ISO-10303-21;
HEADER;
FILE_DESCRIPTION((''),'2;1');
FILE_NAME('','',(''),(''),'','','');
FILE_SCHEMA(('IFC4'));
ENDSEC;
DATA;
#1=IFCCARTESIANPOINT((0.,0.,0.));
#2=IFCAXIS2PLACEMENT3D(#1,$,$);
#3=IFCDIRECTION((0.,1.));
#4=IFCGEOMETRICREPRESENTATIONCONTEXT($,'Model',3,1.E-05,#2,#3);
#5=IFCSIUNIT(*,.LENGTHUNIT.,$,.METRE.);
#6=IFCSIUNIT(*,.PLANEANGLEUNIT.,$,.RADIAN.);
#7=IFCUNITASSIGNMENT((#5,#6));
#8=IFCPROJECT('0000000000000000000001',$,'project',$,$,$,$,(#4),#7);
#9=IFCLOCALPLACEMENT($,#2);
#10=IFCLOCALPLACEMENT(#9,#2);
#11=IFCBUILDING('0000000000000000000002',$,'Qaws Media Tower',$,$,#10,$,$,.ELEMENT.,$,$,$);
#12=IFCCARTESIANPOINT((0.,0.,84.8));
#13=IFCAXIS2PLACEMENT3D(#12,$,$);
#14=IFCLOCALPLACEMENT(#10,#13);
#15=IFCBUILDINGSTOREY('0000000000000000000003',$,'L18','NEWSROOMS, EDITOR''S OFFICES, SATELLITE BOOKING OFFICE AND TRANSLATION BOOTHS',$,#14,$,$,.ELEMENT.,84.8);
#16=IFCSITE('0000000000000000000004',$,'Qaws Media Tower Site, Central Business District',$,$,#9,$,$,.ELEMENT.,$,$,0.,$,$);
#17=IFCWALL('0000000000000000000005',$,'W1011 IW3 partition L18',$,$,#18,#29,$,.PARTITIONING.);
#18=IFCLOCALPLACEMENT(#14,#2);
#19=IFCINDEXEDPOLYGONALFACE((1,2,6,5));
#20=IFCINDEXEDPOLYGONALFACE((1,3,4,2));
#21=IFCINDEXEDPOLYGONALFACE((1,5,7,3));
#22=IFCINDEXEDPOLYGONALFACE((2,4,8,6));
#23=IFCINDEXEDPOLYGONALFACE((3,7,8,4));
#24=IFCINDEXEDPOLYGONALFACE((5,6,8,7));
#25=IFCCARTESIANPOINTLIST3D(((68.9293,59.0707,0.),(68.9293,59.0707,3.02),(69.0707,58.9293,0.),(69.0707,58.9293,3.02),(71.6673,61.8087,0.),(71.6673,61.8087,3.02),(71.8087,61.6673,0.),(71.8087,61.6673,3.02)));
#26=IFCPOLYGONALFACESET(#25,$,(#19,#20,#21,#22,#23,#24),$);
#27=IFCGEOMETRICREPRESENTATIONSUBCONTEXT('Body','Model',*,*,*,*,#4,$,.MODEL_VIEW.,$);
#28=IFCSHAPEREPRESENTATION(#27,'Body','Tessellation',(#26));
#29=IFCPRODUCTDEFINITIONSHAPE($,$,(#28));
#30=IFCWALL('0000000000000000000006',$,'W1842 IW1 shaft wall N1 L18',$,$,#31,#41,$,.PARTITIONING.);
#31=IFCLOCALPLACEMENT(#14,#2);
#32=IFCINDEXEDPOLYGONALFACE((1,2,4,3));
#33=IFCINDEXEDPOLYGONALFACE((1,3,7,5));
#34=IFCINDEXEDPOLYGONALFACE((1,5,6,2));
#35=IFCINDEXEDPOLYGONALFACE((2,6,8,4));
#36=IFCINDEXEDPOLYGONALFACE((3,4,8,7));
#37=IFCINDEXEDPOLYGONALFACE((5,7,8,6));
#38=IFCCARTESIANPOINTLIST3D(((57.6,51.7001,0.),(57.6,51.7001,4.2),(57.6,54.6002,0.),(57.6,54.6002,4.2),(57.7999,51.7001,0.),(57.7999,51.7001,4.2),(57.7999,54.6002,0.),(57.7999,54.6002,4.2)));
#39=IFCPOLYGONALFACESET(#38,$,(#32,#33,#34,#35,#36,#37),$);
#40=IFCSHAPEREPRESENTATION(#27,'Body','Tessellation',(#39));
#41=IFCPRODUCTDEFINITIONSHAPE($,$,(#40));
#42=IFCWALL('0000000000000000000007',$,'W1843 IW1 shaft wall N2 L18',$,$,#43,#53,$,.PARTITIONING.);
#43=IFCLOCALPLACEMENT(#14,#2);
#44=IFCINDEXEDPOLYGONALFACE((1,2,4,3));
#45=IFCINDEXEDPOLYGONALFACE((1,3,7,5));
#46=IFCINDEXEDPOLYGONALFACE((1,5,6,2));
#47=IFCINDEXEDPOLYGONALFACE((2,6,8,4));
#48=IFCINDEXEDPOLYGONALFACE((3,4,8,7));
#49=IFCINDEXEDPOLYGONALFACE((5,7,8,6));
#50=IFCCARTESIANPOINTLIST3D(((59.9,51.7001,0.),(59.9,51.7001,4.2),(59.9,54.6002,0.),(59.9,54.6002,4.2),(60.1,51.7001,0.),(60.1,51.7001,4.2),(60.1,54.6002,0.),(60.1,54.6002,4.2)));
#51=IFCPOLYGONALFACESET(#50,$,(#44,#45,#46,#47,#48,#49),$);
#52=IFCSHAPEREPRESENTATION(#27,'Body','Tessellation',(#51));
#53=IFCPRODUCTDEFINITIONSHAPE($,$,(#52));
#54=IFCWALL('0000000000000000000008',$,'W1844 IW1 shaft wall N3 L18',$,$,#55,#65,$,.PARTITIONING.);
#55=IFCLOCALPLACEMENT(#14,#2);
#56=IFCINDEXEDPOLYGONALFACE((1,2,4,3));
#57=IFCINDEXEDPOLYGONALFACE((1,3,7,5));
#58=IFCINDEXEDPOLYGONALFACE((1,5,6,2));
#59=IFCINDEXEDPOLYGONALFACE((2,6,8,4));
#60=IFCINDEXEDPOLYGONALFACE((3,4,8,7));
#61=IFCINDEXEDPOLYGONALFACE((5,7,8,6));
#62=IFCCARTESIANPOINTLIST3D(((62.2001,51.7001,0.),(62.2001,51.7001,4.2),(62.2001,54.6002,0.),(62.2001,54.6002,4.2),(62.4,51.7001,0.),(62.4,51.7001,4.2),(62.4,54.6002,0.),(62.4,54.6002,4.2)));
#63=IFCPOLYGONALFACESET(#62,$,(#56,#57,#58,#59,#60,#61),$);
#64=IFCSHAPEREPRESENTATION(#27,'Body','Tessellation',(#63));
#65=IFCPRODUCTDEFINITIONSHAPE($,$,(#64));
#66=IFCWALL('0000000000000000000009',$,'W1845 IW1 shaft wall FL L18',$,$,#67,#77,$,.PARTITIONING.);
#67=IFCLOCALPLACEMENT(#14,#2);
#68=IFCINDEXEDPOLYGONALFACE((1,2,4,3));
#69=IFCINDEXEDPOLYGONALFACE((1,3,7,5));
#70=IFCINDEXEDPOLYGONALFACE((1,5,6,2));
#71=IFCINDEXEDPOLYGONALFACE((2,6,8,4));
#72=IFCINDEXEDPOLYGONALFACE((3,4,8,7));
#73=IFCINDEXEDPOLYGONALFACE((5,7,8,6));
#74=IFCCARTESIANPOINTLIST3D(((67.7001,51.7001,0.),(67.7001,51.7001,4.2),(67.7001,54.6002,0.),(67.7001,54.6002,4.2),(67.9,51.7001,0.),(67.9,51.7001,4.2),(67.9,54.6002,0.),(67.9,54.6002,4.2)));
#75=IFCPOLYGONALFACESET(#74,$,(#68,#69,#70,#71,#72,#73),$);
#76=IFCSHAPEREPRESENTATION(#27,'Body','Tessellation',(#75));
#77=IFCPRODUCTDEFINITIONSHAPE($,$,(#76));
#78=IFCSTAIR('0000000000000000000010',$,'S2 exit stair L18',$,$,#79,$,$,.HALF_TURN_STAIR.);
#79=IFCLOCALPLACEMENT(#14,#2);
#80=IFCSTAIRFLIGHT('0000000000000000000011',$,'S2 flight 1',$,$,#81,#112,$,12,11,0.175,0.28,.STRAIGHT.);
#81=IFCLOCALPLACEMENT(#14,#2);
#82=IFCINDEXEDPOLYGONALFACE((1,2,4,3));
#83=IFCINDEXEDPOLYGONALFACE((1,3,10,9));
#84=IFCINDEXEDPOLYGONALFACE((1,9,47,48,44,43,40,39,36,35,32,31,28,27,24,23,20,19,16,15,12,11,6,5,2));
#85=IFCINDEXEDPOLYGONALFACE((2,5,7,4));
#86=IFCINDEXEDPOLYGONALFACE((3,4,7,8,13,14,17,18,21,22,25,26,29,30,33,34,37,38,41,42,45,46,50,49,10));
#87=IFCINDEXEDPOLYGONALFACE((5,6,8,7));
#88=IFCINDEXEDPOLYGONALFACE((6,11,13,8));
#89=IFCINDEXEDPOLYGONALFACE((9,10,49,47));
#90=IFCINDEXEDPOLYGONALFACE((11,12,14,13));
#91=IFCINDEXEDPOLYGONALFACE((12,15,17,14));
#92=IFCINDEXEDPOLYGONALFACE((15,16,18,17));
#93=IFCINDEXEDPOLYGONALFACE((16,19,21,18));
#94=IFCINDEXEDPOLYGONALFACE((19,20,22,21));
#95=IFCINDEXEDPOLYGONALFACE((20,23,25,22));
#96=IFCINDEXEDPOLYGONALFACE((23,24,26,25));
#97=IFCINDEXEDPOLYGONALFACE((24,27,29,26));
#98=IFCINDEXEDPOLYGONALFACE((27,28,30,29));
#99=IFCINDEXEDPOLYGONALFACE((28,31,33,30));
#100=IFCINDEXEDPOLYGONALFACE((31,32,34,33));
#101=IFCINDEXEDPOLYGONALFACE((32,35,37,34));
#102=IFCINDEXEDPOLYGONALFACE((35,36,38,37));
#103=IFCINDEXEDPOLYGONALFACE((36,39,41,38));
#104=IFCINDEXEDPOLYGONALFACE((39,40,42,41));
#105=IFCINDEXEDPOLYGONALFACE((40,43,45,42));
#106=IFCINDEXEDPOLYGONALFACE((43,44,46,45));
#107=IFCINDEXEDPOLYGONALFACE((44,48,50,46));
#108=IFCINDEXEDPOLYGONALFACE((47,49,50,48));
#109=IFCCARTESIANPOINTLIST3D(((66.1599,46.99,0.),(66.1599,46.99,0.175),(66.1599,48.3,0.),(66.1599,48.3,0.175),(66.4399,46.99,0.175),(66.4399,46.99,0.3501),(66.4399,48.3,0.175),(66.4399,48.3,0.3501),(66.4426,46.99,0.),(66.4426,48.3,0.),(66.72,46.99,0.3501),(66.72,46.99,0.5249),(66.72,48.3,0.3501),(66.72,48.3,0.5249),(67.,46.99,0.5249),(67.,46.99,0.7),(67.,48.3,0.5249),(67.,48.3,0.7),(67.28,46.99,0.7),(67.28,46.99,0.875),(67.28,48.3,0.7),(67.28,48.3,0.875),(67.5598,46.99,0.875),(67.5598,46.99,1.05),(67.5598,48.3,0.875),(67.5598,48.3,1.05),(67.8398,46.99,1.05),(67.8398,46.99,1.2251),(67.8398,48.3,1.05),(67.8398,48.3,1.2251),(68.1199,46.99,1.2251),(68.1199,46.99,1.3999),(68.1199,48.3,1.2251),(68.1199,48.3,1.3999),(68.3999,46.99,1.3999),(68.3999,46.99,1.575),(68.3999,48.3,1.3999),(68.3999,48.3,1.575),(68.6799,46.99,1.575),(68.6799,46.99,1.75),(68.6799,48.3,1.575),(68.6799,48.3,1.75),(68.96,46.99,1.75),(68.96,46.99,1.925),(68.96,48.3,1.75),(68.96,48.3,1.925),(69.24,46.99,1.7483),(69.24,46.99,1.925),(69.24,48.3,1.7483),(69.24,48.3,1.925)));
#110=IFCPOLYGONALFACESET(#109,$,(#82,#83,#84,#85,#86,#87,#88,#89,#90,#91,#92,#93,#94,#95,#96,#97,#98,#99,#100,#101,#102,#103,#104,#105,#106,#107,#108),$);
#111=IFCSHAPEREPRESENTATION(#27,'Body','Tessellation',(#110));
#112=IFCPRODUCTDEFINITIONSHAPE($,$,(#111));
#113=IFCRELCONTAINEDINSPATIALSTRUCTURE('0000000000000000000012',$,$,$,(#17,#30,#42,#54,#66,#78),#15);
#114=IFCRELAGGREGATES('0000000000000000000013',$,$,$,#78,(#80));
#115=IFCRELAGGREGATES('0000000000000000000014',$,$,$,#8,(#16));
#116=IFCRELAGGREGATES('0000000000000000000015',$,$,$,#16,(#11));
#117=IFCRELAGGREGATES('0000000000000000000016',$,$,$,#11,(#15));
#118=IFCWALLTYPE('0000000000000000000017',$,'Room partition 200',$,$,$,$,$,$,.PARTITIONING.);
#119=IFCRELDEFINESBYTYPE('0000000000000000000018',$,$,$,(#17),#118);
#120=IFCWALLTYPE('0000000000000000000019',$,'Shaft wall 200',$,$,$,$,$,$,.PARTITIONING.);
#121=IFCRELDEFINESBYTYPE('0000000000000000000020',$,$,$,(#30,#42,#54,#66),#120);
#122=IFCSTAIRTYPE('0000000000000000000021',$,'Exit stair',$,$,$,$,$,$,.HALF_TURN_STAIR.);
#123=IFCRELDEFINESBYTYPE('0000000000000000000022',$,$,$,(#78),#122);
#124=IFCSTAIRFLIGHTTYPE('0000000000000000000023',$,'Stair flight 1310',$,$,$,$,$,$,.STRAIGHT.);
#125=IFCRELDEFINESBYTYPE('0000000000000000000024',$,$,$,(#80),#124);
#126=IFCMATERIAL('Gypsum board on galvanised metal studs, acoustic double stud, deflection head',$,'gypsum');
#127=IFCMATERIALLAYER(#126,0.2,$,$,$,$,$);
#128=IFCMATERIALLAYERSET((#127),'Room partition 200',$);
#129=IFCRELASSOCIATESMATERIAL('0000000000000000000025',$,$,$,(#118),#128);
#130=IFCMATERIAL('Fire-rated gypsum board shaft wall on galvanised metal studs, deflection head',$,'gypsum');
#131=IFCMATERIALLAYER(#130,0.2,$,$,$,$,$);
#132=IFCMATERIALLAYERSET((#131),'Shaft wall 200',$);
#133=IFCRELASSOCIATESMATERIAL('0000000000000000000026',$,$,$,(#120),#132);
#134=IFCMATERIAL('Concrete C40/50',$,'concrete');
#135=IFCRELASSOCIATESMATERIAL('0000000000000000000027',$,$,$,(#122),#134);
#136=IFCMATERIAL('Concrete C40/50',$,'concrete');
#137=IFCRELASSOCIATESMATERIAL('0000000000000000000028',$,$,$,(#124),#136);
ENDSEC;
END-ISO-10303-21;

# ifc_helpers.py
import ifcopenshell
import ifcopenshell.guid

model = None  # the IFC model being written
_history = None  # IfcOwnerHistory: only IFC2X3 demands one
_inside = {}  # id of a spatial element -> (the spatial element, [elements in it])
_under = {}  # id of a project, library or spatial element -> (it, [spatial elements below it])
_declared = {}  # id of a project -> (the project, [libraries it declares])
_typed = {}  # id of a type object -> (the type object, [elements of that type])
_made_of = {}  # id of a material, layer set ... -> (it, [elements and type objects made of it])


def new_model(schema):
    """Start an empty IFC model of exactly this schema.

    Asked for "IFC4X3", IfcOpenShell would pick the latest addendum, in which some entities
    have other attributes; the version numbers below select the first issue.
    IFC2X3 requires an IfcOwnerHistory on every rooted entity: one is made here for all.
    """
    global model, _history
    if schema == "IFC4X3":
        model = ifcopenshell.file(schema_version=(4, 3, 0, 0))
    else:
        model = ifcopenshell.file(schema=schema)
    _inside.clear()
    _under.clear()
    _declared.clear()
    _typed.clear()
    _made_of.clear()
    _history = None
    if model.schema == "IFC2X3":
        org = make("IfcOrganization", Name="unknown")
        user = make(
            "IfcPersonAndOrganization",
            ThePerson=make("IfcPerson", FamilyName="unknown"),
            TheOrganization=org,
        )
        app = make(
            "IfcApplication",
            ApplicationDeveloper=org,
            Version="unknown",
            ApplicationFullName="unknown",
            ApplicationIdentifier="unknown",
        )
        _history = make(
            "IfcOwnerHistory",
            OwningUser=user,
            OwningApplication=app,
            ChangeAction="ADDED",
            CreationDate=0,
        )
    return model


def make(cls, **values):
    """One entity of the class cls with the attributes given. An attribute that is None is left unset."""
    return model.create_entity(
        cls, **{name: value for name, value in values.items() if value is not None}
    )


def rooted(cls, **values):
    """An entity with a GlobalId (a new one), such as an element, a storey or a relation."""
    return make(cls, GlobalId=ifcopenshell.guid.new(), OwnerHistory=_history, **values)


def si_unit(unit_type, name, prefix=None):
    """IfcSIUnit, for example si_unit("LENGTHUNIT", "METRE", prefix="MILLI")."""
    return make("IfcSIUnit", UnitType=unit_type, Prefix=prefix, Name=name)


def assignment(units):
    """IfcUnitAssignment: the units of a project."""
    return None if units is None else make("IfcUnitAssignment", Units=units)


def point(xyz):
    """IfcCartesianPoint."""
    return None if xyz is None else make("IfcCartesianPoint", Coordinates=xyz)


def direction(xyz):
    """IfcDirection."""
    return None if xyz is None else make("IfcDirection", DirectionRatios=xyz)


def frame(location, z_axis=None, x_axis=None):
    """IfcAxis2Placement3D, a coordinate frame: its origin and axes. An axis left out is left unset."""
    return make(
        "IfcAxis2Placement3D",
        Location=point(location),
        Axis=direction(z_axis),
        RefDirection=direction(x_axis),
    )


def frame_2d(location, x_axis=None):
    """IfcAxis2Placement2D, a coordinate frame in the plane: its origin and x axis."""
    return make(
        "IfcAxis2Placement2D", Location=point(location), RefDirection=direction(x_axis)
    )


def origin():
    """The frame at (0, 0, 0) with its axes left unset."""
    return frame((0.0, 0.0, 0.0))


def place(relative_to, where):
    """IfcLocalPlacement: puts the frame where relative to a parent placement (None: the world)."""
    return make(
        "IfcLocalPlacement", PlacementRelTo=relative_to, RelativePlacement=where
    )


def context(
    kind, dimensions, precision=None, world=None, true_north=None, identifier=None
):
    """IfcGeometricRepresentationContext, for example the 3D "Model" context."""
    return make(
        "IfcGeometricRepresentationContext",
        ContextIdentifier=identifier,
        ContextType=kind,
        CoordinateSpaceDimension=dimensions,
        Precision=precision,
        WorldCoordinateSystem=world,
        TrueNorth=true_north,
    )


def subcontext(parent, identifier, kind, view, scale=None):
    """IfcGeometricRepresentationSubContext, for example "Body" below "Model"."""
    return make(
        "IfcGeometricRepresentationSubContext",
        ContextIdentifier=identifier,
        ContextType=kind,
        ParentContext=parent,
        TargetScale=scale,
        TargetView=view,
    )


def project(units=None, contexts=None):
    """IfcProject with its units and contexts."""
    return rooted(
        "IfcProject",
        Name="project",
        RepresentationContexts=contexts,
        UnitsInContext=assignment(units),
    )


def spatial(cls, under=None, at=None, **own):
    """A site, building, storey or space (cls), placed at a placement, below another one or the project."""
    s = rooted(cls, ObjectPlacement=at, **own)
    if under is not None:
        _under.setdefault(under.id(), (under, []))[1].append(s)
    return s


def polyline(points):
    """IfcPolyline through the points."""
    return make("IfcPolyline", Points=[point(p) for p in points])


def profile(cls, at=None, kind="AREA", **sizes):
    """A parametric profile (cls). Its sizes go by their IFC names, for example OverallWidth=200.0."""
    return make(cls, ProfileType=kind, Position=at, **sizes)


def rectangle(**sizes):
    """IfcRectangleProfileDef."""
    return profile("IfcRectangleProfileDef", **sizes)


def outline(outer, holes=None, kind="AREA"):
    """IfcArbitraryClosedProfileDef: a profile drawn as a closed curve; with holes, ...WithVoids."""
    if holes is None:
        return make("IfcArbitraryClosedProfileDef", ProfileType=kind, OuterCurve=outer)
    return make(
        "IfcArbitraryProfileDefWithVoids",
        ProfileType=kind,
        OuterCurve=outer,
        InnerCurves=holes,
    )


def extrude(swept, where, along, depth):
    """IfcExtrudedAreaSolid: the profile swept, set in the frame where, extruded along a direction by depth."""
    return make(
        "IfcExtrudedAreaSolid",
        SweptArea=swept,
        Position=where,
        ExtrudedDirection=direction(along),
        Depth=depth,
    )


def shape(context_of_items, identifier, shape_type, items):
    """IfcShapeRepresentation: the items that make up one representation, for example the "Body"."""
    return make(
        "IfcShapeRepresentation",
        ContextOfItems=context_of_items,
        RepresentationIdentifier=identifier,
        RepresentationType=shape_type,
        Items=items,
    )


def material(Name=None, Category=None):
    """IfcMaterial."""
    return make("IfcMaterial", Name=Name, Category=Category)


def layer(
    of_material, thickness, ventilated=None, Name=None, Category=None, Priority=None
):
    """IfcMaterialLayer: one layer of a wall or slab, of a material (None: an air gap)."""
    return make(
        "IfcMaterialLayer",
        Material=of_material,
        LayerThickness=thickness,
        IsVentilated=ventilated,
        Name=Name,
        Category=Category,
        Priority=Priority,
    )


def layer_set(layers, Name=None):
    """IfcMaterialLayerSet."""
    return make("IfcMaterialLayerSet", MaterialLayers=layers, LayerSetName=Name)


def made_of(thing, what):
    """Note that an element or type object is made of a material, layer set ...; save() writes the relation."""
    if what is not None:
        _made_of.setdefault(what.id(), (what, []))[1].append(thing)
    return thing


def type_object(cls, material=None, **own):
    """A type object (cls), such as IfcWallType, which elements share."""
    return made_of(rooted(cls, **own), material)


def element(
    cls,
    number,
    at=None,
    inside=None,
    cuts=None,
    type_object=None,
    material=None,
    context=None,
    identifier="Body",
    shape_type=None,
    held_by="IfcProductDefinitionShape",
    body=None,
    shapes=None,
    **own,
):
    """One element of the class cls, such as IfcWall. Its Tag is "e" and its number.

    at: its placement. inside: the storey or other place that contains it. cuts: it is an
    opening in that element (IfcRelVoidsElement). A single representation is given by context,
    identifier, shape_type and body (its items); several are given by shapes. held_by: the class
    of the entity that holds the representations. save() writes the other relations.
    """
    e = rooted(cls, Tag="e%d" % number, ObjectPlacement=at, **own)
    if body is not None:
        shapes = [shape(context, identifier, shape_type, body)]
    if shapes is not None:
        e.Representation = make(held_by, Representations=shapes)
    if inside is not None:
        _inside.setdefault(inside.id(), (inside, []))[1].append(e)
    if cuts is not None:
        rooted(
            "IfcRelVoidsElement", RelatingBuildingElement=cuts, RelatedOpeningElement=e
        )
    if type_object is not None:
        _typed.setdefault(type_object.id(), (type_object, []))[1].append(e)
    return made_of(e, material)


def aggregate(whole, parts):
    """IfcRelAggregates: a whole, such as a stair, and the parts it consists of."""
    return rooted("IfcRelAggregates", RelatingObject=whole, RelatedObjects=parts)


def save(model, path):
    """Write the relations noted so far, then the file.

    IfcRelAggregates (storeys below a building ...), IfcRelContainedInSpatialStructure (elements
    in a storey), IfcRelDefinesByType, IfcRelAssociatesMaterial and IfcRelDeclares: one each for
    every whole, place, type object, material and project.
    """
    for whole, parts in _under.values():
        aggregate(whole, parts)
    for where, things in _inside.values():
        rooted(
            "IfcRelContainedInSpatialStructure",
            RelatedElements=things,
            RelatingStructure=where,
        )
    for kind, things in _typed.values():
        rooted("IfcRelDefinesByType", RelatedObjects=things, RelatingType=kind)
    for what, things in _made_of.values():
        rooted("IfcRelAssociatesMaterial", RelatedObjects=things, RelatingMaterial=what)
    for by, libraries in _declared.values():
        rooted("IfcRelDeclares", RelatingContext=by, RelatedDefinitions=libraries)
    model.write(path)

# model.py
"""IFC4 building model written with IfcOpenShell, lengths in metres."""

from ifc_helpers import new_model, si_unit, direction, frame, frame_2d, origin, place, context, subcontext, project, spatial, polyline, rectangle, outline, extrude, material, layer, layer_set, type_object, element, aggregate, save


model = new_model("IFC4")

# Units and contexts
model_context = context("Model", 3, precision=1e-05, world=origin(), true_north=direction((0.0, 1.0)))
body_context = subcontext(model_context, "Body", "Model", "MODEL_VIEW")
ifc_project = project(units=[si_unit("LENGTHUNIT", "METRE"), si_unit("PLANEANGLEUNIT", "RADIAN")], contexts=[model_context])

# Site, building, storey
site_placement = place(None, origin())
site = spatial("IfcSite", under=ifc_project, at=site_placement, Name="Qaws Media Tower Site, Central Business District", CompositionType="ELEMENT", RefElevation=0.0)
building_placement = place(site_placement, origin())
building = spatial("IfcBuilding", under=site, at=building_placement, Name="Qaws Media Tower", CompositionType="ELEMENT")
storey_placement = place(building_placement, frame((0.0, 0.0, 84.8)))
storey = spatial("IfcBuildingStorey", under=building, at=storey_placement, Name="L18", Description="NEWSROOMS, EDITOR'S OFFICES, SATELLITE BOOKING OFFICE AND TRANSLATION BOOTHS", CompositionType="ELEMENT", Elevation=84.8)

# Walls
ifc_material_1 = material(Name="Gypsum board on galvanised metal studs, acoustic double stud, deflection head", Category="gypsum")
ifc_layer_1 = layer(ifc_material_1, 0.2)
ifc_layer_set_1 = layer_set([ifc_layer_1], Name="Room partition 200")
wall_type_1 = type_object("IfcWallType", Name="Room partition 200", PredefinedType="PARTITIONING", material=ifc_layer_set_1)
wall_1_placement = place(storey_placement, frame((69.0, 59.0, 0.0), z_axis=(0.0, 0.0, 1.0), x_axis=(0.707107, 0.707107, 0.0)))
element("IfcWall", 1, at=wall_1_placement, inside=storey, type_object=wall_type_1, Name="W1011 IW3 partition L18", PredefinedType="PARTITIONING", context=body_context, shape_type="SweptSolid", body=[
    extrude(rectangle(XDim=3.8721, YDim=0.2, at=frame_2d((1.936, 0.0))), origin(), (0.0, 0.0, 1.0), 3.02),
])
ifc_material_2 = material(Name="Fire-rated gypsum board shaft wall on galvanised metal studs, deflection head", Category="gypsum")
ifc_layer_2 = layer(ifc_material_2, 0.2)
ifc_layer_set_2 = layer_set([ifc_layer_2], Name="Shaft wall 200")
wall_type_2 = type_object("IfcWallType", Name="Shaft wall 200", PredefinedType="PARTITIONING", material=ifc_layer_set_2)
for number, where, z_axis, x_axis, name in (
    (2, (57.7, 51.7, 0.0), (0.0, 0.0, 1.0), (0.0, 1.0, 0.0), "W1842 IW1 shaft wall N1 L18"),
    (3, (60.0, 51.7, 0.0), (0.0, 0.0, 1.0), (0.0, 1.0, 0.0), "W1843 IW1 shaft wall N2 L18"),
    (4, (62.3, 51.7, 0.0), (0.0, 0.0, 1.0), (0.0, 1.0, 0.0), "W1844 IW1 shaft wall N3 L18"),
    (5, (67.8, 51.7, 0.0), (0.0, 0.0, 1.0), (0.0, 1.0, 0.0), "W1845 IW1 shaft wall FL L18"),
):
    element("IfcWall", number, at=place(storey_placement, frame(where, z_axis=z_axis, x_axis=x_axis)), inside=storey, type_object=wall_type_2, Name=name, PredefinedType="PARTITIONING", context=body_context, shape_type="SweptSolid", body=[
        extrude(rectangle(XDim=2.9001, YDim=0.2, at=frame_2d((1.4502, 0.0))), origin(), (0.0, 0.0, 1.0), 4.2),
    ])

# Stair, stair flight
ifc_material_3 = material(Name="Concrete C40/50", Category="concrete")
stair_type = type_object("IfcStairType", Name="Exit stair", PredefinedType="HALF_TURN_STAIR", material=ifc_material_3)
stair_placement = place(storey_placement, origin())
stair = element("IfcStair", 6, at=stair_placement, inside=storey, type_object=stair_type, Name="S2 exit stair L18", PredefinedType="HALF_TURN_STAIR")
ifc_material_4 = material(Name="Concrete C40/50", Category="concrete")
stair_flight_type = type_object("IfcStairFlightType", Name="Stair flight 1310", PredefinedType="STRAIGHT", material=ifc_material_4)
stair_flight_placement = place(storey_placement, frame((66.1599, 47.645, 0.0), z_axis=(0.0, 0.0, 1.0), x_axis=(1.0, 0.0, 0.0)))
stair_flight = element("IfcStairFlight", 7, at=stair_flight_placement, type_object=stair_flight_type, Name="S2 flight 1", NumberOfRisers=12, NumberOfTreads=11, PredefinedType="STRAIGHT", RiserHeight=0.175, TreadLength=0.28, context=body_context, shape_type="SweptSolid", body=[
    extrude(outline(polyline([(0.0, 0.0), (0.0, 0.175), (0.28, 0.175), (0.28, 0.3501), (0.5601, 0.3501), (0.5601, 0.5249), (0.8401, 0.5249), (0.8401, 0.7), (1.1201, 0.7), (1.1201, 0.875), (1.3999, 0.875), (1.3999, 1.05), (1.6799, 1.05), (1.6799, 1.2251), (1.96, 1.2251), (1.96, 1.3999), (2.24, 1.3999), (2.24, 1.575), (2.52, 1.575), (2.52, 1.75), (2.8, 1.75), (2.8, 1.925), (3.0801, 1.925), (3.0801, 2.1001), (3.0801, 1.7483), (0.2827, 0.0), (0.0, 0.0)])), frame((0.0, 0.655, 0.0), z_axis=(0.0, -1.0, 0.0), x_axis=(1.0, 0.0, 0.0)), (0.0, 0.0, 1.0), 1.3101),
])
aggregate(stair, [stair_flight])

save(model, "model.ifc")
